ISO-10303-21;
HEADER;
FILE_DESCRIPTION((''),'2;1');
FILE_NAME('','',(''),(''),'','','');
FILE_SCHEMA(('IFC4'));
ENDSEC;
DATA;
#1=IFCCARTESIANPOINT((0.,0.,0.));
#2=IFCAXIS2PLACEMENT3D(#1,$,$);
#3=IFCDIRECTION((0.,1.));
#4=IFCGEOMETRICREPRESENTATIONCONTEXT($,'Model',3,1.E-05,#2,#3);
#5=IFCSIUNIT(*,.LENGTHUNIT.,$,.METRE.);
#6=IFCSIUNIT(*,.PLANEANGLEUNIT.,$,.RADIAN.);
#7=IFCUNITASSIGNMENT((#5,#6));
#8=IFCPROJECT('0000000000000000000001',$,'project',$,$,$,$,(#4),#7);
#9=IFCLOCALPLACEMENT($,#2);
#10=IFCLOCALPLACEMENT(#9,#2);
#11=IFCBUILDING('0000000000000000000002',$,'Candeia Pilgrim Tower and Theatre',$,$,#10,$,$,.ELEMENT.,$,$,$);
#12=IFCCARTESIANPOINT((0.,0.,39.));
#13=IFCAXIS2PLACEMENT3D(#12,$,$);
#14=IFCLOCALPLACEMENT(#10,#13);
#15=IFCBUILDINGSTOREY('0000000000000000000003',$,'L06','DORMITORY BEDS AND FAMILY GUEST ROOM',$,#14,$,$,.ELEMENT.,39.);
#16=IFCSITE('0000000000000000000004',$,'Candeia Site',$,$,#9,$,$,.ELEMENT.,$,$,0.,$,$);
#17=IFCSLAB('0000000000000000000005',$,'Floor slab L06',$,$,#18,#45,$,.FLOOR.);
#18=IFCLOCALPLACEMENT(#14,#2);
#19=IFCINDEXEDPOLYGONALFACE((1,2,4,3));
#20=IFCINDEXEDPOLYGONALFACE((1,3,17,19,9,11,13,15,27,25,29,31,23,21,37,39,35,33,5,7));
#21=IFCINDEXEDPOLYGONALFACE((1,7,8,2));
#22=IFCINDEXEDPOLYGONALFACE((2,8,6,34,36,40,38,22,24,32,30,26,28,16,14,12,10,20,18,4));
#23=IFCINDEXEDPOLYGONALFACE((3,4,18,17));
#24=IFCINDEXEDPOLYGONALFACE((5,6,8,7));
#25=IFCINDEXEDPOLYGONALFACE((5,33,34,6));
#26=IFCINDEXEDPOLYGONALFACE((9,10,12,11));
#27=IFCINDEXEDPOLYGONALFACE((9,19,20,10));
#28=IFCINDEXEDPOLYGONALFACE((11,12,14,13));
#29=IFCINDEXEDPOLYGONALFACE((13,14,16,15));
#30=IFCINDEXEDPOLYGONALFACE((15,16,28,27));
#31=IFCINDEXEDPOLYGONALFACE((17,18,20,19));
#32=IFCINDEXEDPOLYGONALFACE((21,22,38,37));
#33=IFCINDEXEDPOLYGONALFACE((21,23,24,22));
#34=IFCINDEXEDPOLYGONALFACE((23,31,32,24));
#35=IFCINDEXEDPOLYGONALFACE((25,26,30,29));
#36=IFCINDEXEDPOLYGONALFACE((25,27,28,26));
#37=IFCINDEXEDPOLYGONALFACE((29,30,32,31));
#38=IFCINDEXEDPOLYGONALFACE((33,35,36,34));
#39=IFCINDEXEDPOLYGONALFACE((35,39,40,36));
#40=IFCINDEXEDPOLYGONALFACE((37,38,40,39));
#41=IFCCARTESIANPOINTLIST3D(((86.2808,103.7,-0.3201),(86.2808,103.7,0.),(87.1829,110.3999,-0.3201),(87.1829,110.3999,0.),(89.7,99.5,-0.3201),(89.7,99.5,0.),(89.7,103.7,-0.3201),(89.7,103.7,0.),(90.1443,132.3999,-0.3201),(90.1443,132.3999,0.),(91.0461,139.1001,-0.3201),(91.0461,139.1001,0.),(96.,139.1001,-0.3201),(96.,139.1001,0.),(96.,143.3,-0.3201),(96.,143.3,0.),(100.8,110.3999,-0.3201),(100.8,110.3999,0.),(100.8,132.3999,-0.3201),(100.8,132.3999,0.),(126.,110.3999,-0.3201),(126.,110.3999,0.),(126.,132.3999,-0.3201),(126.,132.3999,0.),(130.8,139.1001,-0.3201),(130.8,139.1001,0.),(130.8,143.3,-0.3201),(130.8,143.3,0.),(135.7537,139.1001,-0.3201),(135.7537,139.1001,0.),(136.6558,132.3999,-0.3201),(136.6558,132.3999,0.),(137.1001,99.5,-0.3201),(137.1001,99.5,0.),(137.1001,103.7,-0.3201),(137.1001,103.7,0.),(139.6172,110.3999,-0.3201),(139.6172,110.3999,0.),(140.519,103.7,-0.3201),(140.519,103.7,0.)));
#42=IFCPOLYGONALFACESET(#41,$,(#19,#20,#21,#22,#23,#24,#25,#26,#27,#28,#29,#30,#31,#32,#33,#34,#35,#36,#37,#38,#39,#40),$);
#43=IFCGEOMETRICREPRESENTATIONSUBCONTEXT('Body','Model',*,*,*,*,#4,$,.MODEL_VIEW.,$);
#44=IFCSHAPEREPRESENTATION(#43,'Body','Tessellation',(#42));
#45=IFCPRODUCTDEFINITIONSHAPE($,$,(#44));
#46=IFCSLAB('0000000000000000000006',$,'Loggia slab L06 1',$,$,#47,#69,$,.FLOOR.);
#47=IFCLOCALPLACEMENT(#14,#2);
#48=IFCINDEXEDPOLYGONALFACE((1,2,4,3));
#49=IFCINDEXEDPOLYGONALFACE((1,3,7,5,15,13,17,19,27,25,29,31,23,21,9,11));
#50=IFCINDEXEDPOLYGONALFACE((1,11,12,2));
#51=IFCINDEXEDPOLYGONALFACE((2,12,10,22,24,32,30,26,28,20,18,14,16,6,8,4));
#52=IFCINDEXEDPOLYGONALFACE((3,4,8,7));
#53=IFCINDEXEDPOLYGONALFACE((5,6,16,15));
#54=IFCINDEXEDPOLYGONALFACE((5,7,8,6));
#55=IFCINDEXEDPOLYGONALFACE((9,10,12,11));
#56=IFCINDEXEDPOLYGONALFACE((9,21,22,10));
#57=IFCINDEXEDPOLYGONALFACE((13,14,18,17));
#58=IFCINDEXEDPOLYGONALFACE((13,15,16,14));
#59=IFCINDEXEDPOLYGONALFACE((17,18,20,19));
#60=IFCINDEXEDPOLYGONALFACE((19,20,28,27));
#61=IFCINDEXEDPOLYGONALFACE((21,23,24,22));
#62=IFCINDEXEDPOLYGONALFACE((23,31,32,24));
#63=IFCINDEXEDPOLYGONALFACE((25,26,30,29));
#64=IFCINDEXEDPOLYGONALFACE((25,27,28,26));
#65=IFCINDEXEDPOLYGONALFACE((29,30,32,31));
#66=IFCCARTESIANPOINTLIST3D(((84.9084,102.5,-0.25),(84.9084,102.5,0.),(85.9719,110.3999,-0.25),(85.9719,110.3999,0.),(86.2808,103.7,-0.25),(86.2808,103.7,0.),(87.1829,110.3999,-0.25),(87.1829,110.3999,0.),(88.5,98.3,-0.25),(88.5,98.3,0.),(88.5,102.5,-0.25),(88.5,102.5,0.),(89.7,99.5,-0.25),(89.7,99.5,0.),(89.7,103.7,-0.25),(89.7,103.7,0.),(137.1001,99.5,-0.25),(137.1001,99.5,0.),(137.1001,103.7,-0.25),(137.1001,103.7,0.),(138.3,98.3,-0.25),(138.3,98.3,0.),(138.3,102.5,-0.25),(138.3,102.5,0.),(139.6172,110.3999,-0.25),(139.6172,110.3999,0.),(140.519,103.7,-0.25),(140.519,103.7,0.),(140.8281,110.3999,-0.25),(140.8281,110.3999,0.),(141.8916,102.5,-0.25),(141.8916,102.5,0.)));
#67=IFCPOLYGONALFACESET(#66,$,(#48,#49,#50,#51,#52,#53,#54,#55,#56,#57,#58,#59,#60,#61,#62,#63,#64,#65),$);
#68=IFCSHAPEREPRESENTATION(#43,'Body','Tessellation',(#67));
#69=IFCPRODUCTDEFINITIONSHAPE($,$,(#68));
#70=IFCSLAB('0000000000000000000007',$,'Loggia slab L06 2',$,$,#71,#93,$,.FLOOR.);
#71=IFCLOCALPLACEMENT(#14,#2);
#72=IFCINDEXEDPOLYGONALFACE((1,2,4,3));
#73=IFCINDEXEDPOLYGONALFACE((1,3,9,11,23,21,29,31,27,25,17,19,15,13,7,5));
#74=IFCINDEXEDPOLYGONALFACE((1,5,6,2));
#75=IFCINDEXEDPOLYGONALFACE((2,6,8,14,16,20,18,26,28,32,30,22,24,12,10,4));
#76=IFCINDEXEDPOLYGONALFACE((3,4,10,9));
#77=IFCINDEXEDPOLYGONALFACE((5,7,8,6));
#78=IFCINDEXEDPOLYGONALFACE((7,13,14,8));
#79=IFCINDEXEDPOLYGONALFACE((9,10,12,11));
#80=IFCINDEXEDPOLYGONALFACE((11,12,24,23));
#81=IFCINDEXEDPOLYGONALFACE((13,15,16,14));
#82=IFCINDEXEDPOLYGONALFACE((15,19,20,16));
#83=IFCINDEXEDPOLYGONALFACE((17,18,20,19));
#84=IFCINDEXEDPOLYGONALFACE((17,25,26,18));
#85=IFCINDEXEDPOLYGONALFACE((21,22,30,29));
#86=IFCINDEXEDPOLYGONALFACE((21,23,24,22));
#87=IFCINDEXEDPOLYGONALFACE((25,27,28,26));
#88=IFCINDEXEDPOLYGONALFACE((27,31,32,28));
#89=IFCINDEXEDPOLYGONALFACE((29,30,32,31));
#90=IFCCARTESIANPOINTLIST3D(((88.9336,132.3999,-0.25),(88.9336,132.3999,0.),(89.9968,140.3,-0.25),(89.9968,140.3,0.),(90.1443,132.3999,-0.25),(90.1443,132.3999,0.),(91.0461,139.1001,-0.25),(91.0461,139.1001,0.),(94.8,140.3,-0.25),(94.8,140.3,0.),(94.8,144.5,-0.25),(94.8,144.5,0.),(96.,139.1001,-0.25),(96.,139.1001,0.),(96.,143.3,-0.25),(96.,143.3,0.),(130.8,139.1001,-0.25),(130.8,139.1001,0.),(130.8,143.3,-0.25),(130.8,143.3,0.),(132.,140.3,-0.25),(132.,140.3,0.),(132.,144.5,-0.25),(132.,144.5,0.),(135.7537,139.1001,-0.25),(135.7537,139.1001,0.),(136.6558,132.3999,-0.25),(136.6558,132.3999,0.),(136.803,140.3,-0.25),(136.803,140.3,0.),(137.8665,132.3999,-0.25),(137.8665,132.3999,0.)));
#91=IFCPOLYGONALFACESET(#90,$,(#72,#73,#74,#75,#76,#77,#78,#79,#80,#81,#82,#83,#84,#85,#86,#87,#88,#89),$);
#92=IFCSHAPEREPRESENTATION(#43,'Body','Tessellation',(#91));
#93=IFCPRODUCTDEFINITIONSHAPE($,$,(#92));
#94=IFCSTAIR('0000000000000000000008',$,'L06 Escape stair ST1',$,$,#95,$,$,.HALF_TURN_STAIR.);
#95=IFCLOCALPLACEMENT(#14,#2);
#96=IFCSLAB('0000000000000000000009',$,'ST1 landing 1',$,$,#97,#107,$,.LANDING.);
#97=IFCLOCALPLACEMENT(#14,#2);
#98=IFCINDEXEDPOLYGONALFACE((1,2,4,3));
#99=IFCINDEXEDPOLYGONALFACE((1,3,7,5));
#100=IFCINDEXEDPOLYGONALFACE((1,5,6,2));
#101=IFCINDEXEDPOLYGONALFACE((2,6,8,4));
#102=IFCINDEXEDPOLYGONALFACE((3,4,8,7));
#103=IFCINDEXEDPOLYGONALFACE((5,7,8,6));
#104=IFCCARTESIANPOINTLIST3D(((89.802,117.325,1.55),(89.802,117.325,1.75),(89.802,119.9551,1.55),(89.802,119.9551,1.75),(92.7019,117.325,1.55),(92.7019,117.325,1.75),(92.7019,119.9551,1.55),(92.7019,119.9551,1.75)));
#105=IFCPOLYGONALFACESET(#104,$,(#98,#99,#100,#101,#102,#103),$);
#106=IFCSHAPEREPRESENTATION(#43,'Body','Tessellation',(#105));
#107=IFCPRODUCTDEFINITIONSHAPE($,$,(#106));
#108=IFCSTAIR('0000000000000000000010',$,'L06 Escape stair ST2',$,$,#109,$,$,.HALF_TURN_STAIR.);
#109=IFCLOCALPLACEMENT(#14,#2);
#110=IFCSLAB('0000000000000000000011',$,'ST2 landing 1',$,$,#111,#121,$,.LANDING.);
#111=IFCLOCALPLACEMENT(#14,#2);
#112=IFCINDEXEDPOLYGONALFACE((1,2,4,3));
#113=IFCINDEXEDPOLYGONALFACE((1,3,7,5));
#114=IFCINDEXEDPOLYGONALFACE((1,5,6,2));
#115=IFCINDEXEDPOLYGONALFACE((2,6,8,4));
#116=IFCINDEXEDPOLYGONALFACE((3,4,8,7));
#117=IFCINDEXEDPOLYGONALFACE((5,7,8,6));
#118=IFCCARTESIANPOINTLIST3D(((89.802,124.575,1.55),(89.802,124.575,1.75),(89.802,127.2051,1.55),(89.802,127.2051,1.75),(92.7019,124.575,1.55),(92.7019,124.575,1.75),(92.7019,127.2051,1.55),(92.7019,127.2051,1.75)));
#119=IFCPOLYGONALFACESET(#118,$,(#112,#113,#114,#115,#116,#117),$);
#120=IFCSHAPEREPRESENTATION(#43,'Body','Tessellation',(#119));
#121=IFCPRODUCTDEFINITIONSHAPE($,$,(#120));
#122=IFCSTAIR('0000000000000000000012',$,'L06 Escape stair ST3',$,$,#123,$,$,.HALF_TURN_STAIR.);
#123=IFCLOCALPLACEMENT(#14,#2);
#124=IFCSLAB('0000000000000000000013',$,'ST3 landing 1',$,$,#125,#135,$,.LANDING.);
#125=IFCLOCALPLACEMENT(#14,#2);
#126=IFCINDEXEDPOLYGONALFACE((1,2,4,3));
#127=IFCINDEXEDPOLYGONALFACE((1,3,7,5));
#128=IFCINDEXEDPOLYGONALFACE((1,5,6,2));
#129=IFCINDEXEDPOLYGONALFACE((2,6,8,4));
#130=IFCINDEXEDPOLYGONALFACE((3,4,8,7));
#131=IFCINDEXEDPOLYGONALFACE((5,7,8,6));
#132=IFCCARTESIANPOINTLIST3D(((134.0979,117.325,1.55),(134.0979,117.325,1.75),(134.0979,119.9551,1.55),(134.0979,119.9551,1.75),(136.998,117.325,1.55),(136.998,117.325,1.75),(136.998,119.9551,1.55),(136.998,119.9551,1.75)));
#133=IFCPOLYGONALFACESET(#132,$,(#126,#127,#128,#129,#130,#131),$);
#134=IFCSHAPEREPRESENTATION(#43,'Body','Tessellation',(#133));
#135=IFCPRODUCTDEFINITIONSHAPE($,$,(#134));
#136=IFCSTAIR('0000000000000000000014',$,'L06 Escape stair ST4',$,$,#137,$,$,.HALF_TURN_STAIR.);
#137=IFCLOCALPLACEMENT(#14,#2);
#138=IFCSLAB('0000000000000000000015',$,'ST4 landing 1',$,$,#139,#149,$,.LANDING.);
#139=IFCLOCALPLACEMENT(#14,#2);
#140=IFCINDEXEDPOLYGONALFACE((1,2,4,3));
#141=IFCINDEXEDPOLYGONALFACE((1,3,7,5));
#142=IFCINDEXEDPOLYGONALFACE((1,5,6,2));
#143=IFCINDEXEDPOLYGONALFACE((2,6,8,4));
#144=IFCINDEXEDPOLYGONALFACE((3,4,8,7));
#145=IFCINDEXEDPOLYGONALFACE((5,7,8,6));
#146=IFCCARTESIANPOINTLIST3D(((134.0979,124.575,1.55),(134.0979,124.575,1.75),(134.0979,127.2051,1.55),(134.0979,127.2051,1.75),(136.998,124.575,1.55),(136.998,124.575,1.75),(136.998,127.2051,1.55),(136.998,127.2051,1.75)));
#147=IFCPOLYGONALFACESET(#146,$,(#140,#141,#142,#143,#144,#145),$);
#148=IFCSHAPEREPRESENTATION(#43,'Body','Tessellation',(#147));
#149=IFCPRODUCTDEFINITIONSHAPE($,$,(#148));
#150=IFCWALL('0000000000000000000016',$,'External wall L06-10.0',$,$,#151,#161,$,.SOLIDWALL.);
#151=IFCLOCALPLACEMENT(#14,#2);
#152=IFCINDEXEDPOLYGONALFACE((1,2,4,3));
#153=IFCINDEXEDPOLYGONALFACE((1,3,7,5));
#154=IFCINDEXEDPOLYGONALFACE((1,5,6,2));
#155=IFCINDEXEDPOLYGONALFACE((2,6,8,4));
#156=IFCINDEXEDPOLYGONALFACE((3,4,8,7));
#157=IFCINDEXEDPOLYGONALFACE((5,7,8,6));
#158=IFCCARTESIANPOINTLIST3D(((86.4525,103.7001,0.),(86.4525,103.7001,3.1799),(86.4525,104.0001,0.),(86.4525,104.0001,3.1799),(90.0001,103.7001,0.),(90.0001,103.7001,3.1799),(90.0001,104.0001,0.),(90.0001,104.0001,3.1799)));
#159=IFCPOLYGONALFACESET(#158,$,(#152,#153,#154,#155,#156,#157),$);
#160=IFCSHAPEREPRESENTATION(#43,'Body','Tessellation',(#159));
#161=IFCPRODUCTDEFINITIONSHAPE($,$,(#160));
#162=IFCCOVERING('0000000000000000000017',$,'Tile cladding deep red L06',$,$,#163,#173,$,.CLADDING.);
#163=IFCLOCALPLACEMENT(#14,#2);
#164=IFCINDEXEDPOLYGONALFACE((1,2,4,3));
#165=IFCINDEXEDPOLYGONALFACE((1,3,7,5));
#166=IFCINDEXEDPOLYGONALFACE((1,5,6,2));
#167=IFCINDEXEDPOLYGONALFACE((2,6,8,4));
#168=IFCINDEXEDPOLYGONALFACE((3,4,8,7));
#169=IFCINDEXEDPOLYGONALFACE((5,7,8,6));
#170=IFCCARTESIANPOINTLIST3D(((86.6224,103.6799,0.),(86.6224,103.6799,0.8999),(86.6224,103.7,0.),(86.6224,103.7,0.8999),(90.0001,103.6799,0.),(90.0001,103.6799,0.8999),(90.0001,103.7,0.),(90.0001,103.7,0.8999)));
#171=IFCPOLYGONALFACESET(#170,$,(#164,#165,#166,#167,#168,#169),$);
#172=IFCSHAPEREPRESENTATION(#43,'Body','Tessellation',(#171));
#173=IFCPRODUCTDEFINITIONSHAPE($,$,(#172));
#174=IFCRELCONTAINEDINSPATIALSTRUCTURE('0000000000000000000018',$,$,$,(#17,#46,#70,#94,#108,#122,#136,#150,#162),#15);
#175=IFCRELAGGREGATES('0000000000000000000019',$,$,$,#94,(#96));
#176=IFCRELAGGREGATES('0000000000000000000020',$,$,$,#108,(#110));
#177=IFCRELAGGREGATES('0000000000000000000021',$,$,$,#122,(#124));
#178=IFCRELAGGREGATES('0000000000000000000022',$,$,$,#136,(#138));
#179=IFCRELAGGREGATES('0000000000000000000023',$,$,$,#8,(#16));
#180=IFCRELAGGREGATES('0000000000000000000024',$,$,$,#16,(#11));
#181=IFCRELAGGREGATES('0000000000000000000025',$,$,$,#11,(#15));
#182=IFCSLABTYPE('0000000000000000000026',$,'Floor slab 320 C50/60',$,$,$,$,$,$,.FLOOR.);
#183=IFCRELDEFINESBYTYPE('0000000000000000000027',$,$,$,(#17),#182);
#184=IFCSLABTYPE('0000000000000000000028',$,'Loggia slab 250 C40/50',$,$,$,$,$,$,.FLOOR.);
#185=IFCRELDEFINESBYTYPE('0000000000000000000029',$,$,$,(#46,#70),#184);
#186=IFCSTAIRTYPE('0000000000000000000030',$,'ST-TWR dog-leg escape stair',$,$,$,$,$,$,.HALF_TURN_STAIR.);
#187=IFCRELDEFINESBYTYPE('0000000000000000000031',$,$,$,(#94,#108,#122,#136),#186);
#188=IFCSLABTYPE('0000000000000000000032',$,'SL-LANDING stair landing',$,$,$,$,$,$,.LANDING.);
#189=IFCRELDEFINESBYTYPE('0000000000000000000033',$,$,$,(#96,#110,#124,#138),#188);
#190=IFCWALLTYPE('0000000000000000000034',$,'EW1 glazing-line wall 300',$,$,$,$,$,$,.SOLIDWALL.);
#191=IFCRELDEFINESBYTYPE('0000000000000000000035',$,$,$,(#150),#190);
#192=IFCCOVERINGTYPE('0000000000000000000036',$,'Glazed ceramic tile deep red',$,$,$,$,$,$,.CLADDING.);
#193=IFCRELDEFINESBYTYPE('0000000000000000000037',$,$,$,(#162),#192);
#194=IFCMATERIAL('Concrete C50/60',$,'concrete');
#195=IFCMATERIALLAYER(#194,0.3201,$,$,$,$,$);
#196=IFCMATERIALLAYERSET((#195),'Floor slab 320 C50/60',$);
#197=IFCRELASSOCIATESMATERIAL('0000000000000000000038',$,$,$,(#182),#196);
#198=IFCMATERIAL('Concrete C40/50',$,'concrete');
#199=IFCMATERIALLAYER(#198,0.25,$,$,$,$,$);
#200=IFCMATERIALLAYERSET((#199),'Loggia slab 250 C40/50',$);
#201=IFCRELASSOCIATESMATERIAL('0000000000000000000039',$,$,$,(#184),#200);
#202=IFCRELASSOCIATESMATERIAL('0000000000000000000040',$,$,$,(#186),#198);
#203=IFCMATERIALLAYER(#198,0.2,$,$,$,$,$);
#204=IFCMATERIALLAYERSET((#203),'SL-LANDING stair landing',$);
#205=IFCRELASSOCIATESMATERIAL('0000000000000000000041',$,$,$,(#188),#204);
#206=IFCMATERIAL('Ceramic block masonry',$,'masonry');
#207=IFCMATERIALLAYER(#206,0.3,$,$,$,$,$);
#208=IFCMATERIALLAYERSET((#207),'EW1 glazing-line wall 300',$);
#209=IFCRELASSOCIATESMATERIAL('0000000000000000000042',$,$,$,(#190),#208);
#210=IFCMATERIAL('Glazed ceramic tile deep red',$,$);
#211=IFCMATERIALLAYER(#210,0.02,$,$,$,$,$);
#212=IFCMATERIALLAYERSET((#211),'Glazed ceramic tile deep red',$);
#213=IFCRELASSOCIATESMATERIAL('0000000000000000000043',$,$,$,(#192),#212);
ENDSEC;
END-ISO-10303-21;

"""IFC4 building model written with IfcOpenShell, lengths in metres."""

from ifc_helpers import new_model, si_unit, direction, frame, frame_2d, origin, origin_2d, place, context, subcontext, project, spatial, polyline, rectangle, outline, extrude, material, layer, layer_set, type_object, element, aggregate, save


model = new_model("IFC4")

# Units and contexts
model_context = context("Model", 3, precision=1e-05, world=origin(), true_north=direction((0.0, 1.0)))
body_context = subcontext(model_context, "Body", "Model", "MODEL_VIEW")
ifc_project = project(units=[si_unit("LENGTHUNIT", "METRE"), si_unit("PLANEANGLEUNIT", "RADIAN")], contexts=[model_context])

# Site, building, storey
site_placement = place(None, origin())
site = spatial("IfcSite", under=ifc_project, at=site_placement, Name="Candeia Site", CompositionType="ELEMENT", RefElevation=0.0)
building_placement = place(site_placement, origin())
building = spatial("IfcBuilding", under=site, at=building_placement, Name="Candeia Pilgrim Tower and Theatre", CompositionType="ELEMENT")
storey_placement = place(building_placement, frame((0.0, 0.0, 39.0)))
storey = spatial("IfcBuildingStorey", under=building, at=storey_placement, Name="L06", Description="DORMITORY BEDS AND FAMILY GUEST ROOM", CompositionType="ELEMENT", Elevation=39.0)

# Slabs
ifc_material_1 = material(Name="Concrete C40/50", Category="concrete")
ifc_material_2 = material(Name="Concrete C50/60", Category="concrete")
ifc_layer_1 = layer(ifc_material_2, 0.3201)
ifc_layer_set_1 = layer_set([ifc_layer_1], Name="Floor slab 320 C50/60")
slab_type_1 = type_object("IfcSlabType", Name="Floor slab 320 C50/60", PredefinedType="FLOOR", material=ifc_layer_set_1)
slab_1_placement = place(storey_placement, frame((0.0, 0.0, -0.3201)))
element("IfcSlab", 1, at=slab_1_placement, inside=storey, type_object=slab_type_1, Name="Floor slab L06", PredefinedType="FLOOR", context=body_context, shape_type="SweptSolid", body=[
    extrude(outline(polyline([(96.0, 139.1001), (96.0, 143.3), (130.8, 143.3), (130.8, 139.1001), (135.7537, 139.1001), (136.6558, 132.3999), (126.0, 132.3999), (126.0, 110.3999), (139.6172, 110.3999), (140.519, 103.7), (137.1001, 103.7), (137.1001, 99.5), (89.7, 99.5), (89.7, 103.7), (86.2808, 103.7), (87.1829, 110.3999), (100.8, 110.3999), (100.8, 132.3999), (90.1443, 132.3999), (91.0461, 139.1001), (96.0, 139.1001)])), origin(), (0.0, 0.0, 1.0), 0.3201),
])
ifc_layer_2 = layer(ifc_material_1, 0.25)
ifc_layer_set_2 = layer_set([ifc_layer_2], Name="Loggia slab 250 C40/50")
slab_type_2 = type_object("IfcSlabType", Name="Loggia slab 250 C40/50", PredefinedType="FLOOR", material=ifc_layer_set_2)
slab_2_placement = place(storey_placement, frame((0.0, 0.0, -0.25)))
element("IfcSlab", 2, at=slab_2_placement, inside=storey, type_object=slab_type_2, Name="Loggia slab L06 1", PredefinedType="FLOOR", context=body_context, shape_type="SweptSolid", body=[
    extrude(outline(polyline([(87.1829, 110.3999), (86.2808, 103.7), (89.7, 103.7), (89.7, 99.5), (137.1001, 99.5), (137.1001, 103.7), (140.519, 103.7), (139.6172, 110.3999), (140.8281, 110.3999), (141.8916, 102.5), (138.3, 102.5), (138.3, 98.3), (88.5, 98.3), (88.5, 102.5), (84.9084, 102.5), (85.9719, 110.3999), (87.1829, 110.3999)])), origin(), (0.0, 0.0, 1.0), 0.25),
])
slab_3_placement = place(storey_placement, frame((0.0, 0.0, -0.25)))
element("IfcSlab", 3, at=slab_3_placement, inside=storey, type_object=slab_type_2, Name="Loggia slab L06 2", PredefinedType="FLOOR", context=body_context, shape_type="SweptSolid", body=[
    extrude(outline(polyline([(136.6558, 132.3999), (135.7537, 139.1001), (130.8, 139.1001), (130.8, 143.3), (96.0, 143.3), (96.0, 139.1001), (91.0461, 139.1001), (90.1443, 132.3999), (88.9336, 132.3999), (89.9968, 140.3), (94.8, 140.3), (94.8, 144.5), (132.0, 144.5), (132.0, 140.3), (136.803, 140.3), (137.8665, 132.3999), (136.6558, 132.3999)])), origin(), (0.0, 0.0, 1.0), 0.25),
])

# Stairs, slabs
stair_type = type_object("IfcStairType", Name="ST-TWR dog-leg escape stair", PredefinedType="HALF_TURN_STAIR", material=ifc_material_1)
stair_1_placement = place(storey_placement, origin())
stair_1 = element("IfcStair", 4, at=stair_1_placement, inside=storey, type_object=stair_type, Name="L06 Escape stair ST1", PredefinedType="HALF_TURN_STAIR")
ifc_layer_3 = layer(ifc_material_1, 0.2)
ifc_layer_set_3 = layer_set([ifc_layer_3], Name="SL-LANDING stair landing")
slab_type_3 = type_object("IfcSlabType", Name="SL-LANDING stair landing", PredefinedType="LANDING", material=ifc_layer_set_3)
slab_4_placement = place(storey_placement, frame((0.0, 0.0, 1.55)))
slab_4 = element("IfcSlab", 5, at=slab_4_placement, type_object=slab_type_3, Name="ST1 landing 1", PredefinedType="LANDING", context=body_context, shape_type="SweptSolid", body=[
    extrude(outline(polyline([(89.802, 119.9551), (89.802, 117.325), (92.7019, 117.325), (92.7019, 119.9551), (89.802, 119.9551)])), origin(), (0.0, 0.0, 1.0), 0.2),
])
aggregate(stair_1, [slab_4])
stair_2_placement = place(storey_placement, origin())
stair_2 = element("IfcStair", 6, at=stair_2_placement, inside=storey, type_object=stair_type, Name="L06 Escape stair ST2", PredefinedType="HALF_TURN_STAIR")
slab_5_placement = place(storey_placement, frame((0.0, 0.0, 1.55)))
slab_5 = element("IfcSlab", 7, at=slab_5_placement, type_object=slab_type_3, Name="ST2 landing 1", PredefinedType="LANDING", context=body_context, shape_type="SweptSolid", body=[
    extrude(outline(polyline([(89.802, 127.2051), (89.802, 124.575), (92.7019, 124.575), (92.7019, 127.2051), (89.802, 127.2051)])), origin(), (0.0, 0.0, 1.0), 0.2),
])
aggregate(stair_2, [slab_5])
stair_3_placement = place(storey_placement, origin())
stair_3 = element("IfcStair", 8, at=stair_3_placement, inside=storey, type_object=stair_type, Name="L06 Escape stair ST3", PredefinedType="HALF_TURN_STAIR")
slab_6_placement = place(storey_placement, frame((0.0, 0.0, 1.55)))
slab_6 = element("IfcSlab", 9, at=slab_6_placement, type_object=slab_type_3, Name="ST3 landing 1", PredefinedType="LANDING", context=body_context, shape_type="SweptSolid", body=[
    extrude(outline(polyline([(134.0979, 119.9551), (134.0979, 117.325), (136.998, 117.325), (136.998, 119.9551), (134.0979, 119.9551)])), origin(), (0.0, 0.0, 1.0), 0.2),
])
aggregate(stair_3, [slab_6])
stair_4_placement = place(storey_placement, origin())
stair_4 = element("IfcStair", 10, at=stair_4_placement, inside=storey, type_object=stair_type, Name="L06 Escape stair ST4", PredefinedType="HALF_TURN_STAIR")
slab_7_placement = place(storey_placement, frame((0.0, 0.0, 1.55)))
slab_7 = element("IfcSlab", 11, at=slab_7_placement, type_object=slab_type_3, Name="ST4 landing 1", PredefinedType="LANDING", context=body_context, shape_type="SweptSolid", body=[
    extrude(outline(polyline([(134.0979, 127.2051), (134.0979, 124.575), (136.998, 124.575), (136.998, 127.2051), (134.0979, 127.2051)])), origin(), (0.0, 0.0, 1.0), 0.2),
])
aggregate(stair_4, [slab_7])

# Wall
ifc_material_3 = material(Name="Ceramic block masonry", Category="masonry")
ifc_layer_4 = layer(ifc_material_3, 0.3)
ifc_layer_set_4 = layer_set([ifc_layer_4], Name="EW1 glazing-line wall 300")
wall_type = type_object("IfcWallType", Name="EW1 glazing-line wall 300", PredefinedType="SOLIDWALL", material=ifc_layer_set_4)
wall_placement = place(storey_placement, frame((86.4524, 103.8501, 0.0), z_axis=(0.0, 0.0, 1.0), x_axis=(1.0, 0.0, 0.0)))
element("IfcWall", 12, at=wall_placement, inside=storey, type_object=wall_type, Name="External wall L06-10.0", PredefinedType="SOLIDWALL", context=body_context, shape_type="SweptSolid", body=[
    extrude(rectangle(XDim=3.5476, YDim=0.3, at=frame_2d((1.7739, 0.0))), origin(), (0.0, 0.0, 1.0), 3.1799),
])

# Covering
ifc_material_4 = material(Name="Glazed ceramic tile deep red")
ifc_layer_5 = layer(ifc_material_4, 0.02)
ifc_layer_set_5 = layer_set([ifc_layer_5], Name="Glazed ceramic tile deep red")
covering_type = type_object("IfcCoveringType", Name="Glazed ceramic tile deep red", PredefinedType="CLADDING", material=ifc_layer_set_5)
covering_placement = place(storey_placement, frame((88.3113, 103.6899, 0.0), z_axis=(0.0, 0.0, 1.0), x_axis=(1.0, 0.0, 0.0)))
element("IfcCovering", 13, at=covering_placement, inside=storey, type_object=covering_type, Name="Tile cladding deep red L06", PredefinedType="CLADDING", context=body_context, shape_type="SweptSolid", body=[
    extrude(rectangle(XDim=3.3777, YDim=0.02, at=origin_2d()), origin(), (0.0, 0.0, 1.0), 0.8999),
])

save(model, "model.ifc")
